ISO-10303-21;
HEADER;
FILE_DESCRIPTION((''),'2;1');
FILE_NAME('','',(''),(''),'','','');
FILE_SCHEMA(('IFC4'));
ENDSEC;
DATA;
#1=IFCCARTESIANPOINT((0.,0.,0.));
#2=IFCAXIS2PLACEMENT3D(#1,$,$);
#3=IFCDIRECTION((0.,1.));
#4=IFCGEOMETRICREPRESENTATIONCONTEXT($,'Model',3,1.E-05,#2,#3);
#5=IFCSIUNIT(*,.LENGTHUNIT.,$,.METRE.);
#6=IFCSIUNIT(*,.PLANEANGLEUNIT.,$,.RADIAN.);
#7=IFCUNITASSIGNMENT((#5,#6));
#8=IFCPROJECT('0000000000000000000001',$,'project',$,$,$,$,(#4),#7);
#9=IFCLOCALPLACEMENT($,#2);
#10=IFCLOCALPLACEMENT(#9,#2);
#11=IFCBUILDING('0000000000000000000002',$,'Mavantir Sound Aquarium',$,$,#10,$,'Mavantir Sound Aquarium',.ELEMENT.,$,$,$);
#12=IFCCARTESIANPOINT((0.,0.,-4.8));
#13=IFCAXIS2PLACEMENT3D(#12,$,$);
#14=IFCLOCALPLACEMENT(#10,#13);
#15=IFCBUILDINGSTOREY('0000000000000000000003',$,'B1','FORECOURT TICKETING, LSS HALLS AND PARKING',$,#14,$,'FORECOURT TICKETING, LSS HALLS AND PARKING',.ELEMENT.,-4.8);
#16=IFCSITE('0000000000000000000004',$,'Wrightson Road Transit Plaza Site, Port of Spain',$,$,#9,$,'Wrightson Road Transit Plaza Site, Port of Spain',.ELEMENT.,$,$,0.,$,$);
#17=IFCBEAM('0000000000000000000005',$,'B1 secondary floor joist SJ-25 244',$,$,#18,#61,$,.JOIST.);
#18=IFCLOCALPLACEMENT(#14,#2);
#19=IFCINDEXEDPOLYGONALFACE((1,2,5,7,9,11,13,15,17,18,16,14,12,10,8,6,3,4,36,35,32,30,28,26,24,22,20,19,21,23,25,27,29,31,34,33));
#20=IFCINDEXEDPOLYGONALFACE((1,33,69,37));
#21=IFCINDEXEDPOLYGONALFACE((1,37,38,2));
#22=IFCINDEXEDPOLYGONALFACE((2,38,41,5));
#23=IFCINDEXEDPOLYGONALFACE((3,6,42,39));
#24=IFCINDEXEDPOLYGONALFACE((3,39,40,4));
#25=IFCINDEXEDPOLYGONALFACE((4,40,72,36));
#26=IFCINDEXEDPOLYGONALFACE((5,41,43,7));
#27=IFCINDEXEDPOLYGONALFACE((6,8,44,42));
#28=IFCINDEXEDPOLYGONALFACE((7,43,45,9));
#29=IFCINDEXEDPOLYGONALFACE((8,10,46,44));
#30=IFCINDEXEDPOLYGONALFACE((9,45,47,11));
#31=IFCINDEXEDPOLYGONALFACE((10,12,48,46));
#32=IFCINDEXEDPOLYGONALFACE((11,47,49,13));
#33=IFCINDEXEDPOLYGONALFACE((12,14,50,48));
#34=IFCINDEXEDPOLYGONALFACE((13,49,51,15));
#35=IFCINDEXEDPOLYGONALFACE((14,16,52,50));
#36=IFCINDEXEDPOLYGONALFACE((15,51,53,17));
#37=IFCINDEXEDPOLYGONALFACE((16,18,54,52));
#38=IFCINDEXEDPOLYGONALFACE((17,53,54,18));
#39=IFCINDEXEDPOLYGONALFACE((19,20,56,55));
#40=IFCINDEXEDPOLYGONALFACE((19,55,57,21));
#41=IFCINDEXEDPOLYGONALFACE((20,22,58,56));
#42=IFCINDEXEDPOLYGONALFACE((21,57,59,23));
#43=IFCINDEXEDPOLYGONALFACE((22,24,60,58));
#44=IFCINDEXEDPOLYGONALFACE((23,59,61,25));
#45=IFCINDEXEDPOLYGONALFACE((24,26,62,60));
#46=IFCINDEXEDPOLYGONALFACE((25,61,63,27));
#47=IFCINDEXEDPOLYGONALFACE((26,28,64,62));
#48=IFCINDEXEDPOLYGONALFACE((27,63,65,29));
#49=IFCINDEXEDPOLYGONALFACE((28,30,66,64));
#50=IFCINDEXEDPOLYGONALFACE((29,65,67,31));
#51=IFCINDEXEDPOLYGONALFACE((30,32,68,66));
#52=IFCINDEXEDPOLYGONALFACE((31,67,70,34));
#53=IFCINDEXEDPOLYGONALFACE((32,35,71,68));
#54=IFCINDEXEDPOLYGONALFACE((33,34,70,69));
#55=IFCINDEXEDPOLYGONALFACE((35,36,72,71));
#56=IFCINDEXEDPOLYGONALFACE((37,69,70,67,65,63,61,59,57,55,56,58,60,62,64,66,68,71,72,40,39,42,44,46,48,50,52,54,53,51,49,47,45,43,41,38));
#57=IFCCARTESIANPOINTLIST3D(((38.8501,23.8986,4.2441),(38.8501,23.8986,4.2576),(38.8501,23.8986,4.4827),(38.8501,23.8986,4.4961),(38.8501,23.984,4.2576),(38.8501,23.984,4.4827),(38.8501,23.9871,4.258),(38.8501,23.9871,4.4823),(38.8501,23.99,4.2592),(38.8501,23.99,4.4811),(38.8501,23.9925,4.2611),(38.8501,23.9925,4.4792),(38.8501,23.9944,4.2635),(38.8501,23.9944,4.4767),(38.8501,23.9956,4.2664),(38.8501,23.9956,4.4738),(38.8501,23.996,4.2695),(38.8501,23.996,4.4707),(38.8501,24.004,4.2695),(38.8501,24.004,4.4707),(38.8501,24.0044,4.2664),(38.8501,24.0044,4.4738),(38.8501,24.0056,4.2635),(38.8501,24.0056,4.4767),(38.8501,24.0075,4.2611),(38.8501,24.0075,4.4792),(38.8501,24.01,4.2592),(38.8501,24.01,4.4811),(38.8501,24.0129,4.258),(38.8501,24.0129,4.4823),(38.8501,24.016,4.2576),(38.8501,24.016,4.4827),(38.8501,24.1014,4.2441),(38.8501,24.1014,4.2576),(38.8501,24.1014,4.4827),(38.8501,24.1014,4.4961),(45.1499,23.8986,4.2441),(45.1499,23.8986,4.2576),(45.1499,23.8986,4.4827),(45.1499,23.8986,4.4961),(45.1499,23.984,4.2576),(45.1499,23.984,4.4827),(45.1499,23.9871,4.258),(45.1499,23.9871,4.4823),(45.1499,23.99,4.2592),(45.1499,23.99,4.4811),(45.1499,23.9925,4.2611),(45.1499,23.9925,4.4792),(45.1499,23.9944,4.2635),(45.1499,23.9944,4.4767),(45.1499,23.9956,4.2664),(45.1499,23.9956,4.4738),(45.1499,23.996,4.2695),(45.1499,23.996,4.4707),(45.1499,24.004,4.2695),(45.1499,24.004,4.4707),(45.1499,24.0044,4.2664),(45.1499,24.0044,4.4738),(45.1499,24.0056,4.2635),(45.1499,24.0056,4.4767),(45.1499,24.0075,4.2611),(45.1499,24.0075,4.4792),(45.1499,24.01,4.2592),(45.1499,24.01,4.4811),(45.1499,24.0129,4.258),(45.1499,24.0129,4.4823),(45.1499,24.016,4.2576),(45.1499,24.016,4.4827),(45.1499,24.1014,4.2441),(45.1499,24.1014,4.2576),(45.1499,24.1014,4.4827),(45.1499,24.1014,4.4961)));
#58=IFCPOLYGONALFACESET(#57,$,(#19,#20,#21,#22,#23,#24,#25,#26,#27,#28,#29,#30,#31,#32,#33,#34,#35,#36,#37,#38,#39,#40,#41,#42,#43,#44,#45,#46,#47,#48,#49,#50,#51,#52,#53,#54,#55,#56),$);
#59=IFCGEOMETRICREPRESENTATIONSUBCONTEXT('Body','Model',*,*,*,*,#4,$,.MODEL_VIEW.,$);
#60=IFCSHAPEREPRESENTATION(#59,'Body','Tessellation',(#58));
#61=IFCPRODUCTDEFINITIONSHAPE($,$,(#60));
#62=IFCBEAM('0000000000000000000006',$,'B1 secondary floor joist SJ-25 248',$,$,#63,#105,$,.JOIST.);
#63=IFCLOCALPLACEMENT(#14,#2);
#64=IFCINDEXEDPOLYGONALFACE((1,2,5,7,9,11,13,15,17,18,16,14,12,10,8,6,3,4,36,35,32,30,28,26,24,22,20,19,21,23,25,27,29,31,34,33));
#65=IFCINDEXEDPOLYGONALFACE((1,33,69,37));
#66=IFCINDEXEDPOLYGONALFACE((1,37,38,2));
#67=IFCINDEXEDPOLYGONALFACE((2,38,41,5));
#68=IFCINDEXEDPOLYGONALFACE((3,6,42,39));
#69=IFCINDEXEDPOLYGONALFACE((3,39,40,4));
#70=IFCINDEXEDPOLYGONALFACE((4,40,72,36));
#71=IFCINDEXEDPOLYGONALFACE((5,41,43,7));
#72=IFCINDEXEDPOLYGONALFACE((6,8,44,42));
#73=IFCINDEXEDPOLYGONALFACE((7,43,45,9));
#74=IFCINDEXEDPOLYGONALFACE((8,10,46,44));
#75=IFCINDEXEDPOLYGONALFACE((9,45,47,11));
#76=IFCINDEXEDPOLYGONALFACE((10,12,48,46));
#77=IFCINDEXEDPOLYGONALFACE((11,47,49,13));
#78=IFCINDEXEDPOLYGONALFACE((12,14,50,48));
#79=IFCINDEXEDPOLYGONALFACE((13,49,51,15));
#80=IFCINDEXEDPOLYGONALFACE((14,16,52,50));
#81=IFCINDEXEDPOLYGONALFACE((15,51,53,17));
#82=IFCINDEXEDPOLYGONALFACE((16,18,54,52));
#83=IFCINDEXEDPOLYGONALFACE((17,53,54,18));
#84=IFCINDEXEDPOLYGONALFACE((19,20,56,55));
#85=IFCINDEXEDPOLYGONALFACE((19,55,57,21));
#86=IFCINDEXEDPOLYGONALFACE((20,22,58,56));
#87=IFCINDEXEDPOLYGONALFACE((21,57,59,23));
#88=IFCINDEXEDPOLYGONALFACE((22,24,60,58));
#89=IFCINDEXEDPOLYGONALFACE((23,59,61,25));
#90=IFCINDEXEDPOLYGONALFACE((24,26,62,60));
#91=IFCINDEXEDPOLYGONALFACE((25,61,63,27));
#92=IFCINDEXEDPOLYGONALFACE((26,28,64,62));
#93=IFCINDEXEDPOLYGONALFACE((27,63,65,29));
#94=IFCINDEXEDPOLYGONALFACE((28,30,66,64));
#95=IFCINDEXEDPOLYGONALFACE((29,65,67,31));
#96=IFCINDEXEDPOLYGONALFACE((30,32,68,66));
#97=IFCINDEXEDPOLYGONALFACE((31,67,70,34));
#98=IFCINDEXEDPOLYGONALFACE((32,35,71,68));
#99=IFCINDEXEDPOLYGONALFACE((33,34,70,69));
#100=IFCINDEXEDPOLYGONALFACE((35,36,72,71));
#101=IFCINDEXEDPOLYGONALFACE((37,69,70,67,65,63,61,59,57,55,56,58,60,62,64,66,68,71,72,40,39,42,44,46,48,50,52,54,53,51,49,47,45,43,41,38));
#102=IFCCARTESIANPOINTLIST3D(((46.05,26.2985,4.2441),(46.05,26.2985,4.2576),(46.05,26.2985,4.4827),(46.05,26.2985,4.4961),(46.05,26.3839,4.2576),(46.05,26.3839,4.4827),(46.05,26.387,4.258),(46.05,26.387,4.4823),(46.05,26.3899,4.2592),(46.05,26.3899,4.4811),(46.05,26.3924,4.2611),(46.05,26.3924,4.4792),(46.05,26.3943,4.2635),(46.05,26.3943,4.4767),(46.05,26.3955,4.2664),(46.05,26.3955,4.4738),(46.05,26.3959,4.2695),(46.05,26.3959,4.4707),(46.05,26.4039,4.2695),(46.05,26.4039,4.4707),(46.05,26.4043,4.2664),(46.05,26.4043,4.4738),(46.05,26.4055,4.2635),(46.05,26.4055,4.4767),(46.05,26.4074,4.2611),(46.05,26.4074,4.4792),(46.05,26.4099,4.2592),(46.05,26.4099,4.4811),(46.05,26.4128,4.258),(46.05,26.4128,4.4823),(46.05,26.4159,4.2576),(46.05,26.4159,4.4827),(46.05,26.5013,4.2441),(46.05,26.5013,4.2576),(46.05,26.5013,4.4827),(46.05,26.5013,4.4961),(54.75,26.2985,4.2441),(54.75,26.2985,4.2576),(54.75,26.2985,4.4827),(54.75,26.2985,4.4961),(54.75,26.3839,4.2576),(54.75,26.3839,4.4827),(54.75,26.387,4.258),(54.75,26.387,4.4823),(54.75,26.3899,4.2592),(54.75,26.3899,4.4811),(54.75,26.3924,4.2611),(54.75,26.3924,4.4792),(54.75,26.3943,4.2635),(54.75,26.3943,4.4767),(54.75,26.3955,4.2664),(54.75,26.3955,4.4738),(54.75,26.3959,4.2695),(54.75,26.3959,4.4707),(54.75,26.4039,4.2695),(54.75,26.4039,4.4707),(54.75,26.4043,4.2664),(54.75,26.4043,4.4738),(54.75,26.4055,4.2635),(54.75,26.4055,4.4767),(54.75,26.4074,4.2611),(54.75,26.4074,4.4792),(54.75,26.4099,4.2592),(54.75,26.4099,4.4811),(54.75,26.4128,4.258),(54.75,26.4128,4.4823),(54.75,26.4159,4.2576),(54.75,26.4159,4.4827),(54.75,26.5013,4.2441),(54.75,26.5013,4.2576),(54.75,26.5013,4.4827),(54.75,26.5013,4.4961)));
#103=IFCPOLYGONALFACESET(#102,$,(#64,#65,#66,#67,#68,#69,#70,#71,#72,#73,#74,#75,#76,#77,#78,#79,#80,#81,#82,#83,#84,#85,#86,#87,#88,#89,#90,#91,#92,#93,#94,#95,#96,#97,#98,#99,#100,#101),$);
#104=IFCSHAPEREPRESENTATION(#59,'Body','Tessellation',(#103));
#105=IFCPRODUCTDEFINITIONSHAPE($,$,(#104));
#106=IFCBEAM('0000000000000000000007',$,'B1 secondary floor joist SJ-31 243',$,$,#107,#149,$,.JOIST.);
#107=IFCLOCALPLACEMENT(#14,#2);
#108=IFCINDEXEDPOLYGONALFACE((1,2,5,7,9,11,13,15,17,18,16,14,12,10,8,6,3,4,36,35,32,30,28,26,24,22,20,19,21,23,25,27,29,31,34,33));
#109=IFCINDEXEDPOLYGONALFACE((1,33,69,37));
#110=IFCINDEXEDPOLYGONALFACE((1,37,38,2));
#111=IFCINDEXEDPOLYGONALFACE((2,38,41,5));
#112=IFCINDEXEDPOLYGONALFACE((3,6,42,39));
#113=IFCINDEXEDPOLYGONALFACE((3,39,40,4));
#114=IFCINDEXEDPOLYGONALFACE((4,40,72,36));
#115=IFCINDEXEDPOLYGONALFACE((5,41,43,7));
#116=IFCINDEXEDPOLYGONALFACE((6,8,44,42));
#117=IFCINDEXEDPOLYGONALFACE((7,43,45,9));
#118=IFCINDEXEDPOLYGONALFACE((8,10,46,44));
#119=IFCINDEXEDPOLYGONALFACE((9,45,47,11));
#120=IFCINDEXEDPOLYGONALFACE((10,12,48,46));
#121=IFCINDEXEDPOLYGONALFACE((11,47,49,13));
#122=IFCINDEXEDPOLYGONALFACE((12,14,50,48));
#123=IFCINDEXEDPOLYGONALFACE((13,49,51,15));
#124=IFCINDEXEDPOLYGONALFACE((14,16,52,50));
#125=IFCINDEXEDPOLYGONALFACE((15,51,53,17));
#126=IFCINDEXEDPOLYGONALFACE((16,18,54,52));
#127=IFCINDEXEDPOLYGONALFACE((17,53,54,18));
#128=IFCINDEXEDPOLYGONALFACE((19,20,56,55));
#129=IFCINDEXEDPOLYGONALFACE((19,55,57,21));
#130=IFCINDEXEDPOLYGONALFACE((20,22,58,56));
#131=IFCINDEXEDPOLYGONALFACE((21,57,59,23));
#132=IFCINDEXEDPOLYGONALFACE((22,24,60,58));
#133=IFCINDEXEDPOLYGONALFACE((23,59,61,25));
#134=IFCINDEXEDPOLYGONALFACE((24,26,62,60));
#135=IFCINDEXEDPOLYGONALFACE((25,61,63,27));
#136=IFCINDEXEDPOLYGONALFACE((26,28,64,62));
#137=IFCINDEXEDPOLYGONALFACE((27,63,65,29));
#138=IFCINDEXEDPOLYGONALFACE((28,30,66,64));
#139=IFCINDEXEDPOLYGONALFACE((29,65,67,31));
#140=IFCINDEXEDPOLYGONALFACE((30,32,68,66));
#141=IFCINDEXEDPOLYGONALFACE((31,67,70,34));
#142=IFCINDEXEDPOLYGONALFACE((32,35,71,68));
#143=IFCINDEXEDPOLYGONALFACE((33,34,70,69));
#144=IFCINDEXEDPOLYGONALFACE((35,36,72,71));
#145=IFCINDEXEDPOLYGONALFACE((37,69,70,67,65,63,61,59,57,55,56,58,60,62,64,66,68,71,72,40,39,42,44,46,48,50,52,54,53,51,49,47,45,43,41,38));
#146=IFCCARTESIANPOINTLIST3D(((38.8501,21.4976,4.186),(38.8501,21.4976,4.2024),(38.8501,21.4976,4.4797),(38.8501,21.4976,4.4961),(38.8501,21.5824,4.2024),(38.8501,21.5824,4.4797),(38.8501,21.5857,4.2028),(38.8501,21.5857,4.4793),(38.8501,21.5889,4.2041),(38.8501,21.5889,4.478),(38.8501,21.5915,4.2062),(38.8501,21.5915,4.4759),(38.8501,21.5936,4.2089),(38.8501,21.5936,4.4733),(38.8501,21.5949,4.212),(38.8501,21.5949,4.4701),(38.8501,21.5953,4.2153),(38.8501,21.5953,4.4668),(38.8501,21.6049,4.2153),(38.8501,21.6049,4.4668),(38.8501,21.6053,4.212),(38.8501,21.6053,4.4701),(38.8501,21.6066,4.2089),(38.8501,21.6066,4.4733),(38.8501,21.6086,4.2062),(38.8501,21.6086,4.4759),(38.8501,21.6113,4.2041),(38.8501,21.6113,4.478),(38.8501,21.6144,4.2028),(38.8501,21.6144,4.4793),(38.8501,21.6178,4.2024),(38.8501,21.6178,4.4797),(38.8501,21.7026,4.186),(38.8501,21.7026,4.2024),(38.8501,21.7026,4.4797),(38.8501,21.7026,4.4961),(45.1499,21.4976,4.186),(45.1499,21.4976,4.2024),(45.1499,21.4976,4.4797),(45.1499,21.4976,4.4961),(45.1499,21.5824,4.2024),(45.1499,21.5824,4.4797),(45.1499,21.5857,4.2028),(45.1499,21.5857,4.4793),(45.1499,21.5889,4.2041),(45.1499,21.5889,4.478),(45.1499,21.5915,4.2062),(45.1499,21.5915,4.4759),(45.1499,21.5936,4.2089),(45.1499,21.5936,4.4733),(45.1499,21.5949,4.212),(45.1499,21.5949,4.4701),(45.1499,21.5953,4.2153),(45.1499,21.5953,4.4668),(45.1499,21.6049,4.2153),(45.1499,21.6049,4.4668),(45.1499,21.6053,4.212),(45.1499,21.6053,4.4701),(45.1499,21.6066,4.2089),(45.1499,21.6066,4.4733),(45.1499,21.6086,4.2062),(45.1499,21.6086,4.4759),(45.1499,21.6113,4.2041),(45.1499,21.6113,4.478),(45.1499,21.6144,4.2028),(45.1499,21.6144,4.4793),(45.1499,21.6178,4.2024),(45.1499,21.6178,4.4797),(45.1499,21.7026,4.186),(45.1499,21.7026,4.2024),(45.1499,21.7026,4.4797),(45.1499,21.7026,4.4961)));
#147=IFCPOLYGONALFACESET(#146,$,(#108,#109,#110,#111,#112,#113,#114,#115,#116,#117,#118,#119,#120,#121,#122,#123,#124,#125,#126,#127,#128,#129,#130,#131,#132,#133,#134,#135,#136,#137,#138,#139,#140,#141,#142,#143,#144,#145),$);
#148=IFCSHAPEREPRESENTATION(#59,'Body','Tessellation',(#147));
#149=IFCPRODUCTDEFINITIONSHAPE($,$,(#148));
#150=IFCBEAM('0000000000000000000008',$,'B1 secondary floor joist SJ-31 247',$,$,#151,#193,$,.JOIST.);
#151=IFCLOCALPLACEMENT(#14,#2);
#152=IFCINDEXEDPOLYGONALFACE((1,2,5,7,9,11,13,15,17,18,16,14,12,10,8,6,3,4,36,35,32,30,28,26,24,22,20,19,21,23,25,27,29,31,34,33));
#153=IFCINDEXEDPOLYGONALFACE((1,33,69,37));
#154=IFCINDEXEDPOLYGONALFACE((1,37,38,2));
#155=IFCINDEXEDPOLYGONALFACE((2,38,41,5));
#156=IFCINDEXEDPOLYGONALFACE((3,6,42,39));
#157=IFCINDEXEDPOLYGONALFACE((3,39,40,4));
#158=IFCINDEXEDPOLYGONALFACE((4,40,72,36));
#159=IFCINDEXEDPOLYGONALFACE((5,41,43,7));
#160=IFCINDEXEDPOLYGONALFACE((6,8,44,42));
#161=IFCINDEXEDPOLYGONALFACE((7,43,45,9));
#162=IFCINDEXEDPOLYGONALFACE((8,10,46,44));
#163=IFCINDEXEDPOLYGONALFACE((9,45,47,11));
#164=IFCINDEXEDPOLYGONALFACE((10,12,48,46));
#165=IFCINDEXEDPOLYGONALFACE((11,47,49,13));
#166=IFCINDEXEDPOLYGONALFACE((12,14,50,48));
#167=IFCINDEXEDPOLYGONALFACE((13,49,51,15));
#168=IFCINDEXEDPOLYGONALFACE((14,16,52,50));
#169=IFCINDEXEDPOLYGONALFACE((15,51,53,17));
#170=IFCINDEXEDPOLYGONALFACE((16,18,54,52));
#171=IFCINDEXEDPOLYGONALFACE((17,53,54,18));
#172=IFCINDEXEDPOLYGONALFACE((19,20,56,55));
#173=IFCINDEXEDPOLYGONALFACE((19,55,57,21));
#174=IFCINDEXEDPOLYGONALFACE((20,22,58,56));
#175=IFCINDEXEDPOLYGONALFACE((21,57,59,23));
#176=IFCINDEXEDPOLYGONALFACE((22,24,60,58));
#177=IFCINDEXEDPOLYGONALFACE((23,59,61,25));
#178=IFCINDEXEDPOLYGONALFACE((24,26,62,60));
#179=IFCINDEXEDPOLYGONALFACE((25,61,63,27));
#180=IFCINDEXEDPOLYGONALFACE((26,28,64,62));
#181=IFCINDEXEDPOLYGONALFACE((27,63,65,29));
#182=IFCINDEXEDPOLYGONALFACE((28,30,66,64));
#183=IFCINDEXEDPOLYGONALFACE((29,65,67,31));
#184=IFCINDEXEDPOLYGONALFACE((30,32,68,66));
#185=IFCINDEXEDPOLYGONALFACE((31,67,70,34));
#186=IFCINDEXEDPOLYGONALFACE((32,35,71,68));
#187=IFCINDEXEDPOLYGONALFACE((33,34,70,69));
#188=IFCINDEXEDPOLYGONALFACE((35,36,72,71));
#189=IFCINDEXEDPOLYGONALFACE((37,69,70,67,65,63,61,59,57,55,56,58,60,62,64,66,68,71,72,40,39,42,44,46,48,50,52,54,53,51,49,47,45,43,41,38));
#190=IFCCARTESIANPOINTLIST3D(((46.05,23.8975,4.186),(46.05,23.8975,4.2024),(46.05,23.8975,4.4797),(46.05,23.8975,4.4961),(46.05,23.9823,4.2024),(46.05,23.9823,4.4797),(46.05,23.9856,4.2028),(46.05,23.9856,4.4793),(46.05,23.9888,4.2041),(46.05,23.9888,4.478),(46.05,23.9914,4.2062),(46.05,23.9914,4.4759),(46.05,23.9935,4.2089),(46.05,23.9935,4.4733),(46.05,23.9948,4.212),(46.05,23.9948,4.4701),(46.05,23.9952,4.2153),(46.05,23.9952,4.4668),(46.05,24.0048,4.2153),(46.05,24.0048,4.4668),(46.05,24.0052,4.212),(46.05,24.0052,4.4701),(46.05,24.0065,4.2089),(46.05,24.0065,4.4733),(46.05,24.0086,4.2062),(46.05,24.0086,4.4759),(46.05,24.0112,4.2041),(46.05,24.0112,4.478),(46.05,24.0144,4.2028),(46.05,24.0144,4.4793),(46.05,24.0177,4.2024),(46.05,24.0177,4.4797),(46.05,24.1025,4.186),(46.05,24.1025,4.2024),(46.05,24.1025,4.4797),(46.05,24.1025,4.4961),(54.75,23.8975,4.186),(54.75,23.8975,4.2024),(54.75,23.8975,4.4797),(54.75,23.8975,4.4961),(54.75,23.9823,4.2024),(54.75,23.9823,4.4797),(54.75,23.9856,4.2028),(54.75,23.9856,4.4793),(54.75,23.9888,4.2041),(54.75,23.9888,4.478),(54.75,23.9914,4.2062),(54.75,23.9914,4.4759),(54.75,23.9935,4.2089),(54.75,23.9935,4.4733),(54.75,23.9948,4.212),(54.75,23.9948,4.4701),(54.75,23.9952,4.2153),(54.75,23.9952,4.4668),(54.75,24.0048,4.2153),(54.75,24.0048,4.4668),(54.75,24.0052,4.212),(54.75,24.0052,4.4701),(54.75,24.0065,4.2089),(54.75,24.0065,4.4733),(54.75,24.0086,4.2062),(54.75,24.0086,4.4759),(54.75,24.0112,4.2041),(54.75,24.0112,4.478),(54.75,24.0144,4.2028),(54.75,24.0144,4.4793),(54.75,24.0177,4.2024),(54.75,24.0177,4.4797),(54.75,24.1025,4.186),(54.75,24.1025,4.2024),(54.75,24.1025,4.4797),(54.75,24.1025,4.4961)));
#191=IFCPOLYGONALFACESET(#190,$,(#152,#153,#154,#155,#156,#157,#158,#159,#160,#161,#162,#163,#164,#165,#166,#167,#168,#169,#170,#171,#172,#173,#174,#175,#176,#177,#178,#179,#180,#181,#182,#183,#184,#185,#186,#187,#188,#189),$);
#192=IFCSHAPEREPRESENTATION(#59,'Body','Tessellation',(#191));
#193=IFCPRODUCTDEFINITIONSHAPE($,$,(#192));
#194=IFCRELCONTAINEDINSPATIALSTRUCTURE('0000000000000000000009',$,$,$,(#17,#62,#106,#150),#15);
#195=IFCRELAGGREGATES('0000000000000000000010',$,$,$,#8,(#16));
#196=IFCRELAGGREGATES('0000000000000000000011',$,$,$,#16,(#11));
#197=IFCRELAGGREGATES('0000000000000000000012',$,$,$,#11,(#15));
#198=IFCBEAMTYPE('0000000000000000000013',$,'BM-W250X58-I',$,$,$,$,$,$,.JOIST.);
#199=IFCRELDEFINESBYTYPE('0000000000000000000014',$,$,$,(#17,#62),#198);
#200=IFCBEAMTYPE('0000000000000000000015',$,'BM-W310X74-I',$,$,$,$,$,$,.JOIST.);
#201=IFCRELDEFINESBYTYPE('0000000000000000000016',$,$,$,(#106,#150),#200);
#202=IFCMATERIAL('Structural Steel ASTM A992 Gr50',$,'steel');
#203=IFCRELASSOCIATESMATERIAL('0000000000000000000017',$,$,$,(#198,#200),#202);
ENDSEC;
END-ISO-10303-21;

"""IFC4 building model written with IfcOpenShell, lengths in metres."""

from ifc_helpers import new_model, si_unit, direction, frame, origin, origin_2d, place, context, subcontext, project, spatial, i_section, extrude, material, material_profile, profile_set, type_object, element, save


model = new_model("IFC4")

# Units and contexts
model_context = context("Model", 3, precision=1e-05, world=origin(), true_north=direction((0.0, 1.0)))
body_context = subcontext(model_context, "Body", "Model", "MODEL_VIEW")
ifc_project = project(units=[si_unit("LENGTHUNIT", "METRE"), si_unit("PLANEANGLEUNIT", "RADIAN")], contexts=[model_context])

# Site, building, storey
site_placement = place(None, origin())
site = spatial("IfcSite", under=ifc_project, at=site_placement, Name="Wrightson Road Transit Plaza Site, Port of Spain", LongName="Wrightson Road Transit Plaza Site, Port of Spain", CompositionType="ELEMENT", RefElevation=0.0)
building_placement = place(site_placement, origin())
building = spatial("IfcBuilding", under=site, at=building_placement, Name="Mavantir Sound Aquarium", LongName="Mavantir Sound Aquarium", CompositionType="ELEMENT")
storey_placement = place(building_placement, frame((0.0, 0.0, -4.8)))
storey = spatial("IfcBuildingStorey", under=building, at=storey_placement, Name="B1", Description="FORECOURT TICKETING, LSS HALLS AND PARKING", LongName="FORECOURT TICKETING, LSS HALLS AND PARKING", CompositionType="ELEMENT", Elevation=-4.8)

# Beams
ifc_material_1 = material(Name="Structural Steel ASTM A992 Gr50", Category="steel")
ifc_material_profile_1 = material_profile(ifc_material_1, i_section(OverallWidth=0.2029, OverallDepth=0.252, WebThickness=0.0081, FlangeThickness=0.0134, FilletRadius=0.012, at=origin_2d()), Name="W250X58")
ifc_profile_set_1 = profile_set([ifc_material_profile_1], Name="Structural Steel ASTM A992 Gr50")
beam_type_1 = type_object("IfcBeamType", Name="BM-W250X58-I", PredefinedType="JOIST", material=ifc_profile_set_1)
beam_1_placement = place(storey_placement, frame((38.8501, 24.0, 4.3701), z_axis=(1.0, 0.0, 0.0), x_axis=(0.0, 1.0, 0.0)))
element("IfcBeam", 1, at=beam_1_placement, inside=storey, type_object=beam_type_1, Name="B1 secondary floor joist SJ-25 244", PredefinedType="JOIST", context=body_context, shape_type="SweptSolid", body=[
    extrude(i_section(OverallWidth=0.2029, OverallDepth=0.252, WebThickness=0.0081, FlangeThickness=0.0134, FilletRadius=0.012, at=origin_2d()), origin(), (0.0, 0.0, 1.0), 6.2998),
])
beam_2_placement = place(storey_placement, frame((46.05, 26.3999, 4.3701), z_axis=(1.0, 0.0, 0.0), x_axis=(0.0, 1.0, 0.0)))
element("IfcBeam", 2, at=beam_2_placement, inside=storey, type_object=beam_type_1, Name="B1 secondary floor joist SJ-25 248", PredefinedType="JOIST", context=body_context, shape_type="SweptSolid", body=[
    extrude(i_section(OverallWidth=0.2029, OverallDepth=0.252, WebThickness=0.0081, FlangeThickness=0.0134, FilletRadius=0.012, at=origin_2d()), origin(), (0.0, 0.0, 1.0), 8.7),
])
ifc_material_profile_2 = material_profile(ifc_material_1, i_section(OverallWidth=0.2051, OverallDepth=0.3101, WebThickness=0.0095, FlangeThickness=0.0164, FilletRadius=0.0129, at=origin_2d()), Name="W310X74")
ifc_profile_set_2 = profile_set([ifc_material_profile_2], Name="Structural Steel ASTM A992 Gr50")
beam_type_2 = type_object("IfcBeamType", Name="BM-W310X74-I", PredefinedType="JOIST", material=ifc_profile_set_2)
beam_3_placement = place(storey_placement, frame((38.8501, 21.6001, 4.3411), z_axis=(1.0, 0.0, 0.0), x_axis=(0.0, 1.0, 0.0)))
element("IfcBeam", 3, at=beam_3_placement, inside=storey, type_object=beam_type_2, Name="B1 secondary floor joist SJ-31 243", PredefinedType="JOIST", context=body_context, shape_type="SweptSolid", body=[
    extrude(i_section(OverallWidth=0.2051, OverallDepth=0.3101, WebThickness=0.0095, FlangeThickness=0.0164, FilletRadius=0.0129, at=origin_2d()), origin(), (0.0, 0.0, 1.0), 6.2998),
])
beam_4_placement = place(storey_placement, frame((46.05, 24.0, 4.3411), z_axis=(1.0, 0.0, 0.0), x_axis=(0.0, 1.0, 0.0)))
element("IfcBeam", 4, at=beam_4_placement, inside=storey, type_object=beam_type_2, Name="B1 secondary floor joist SJ-31 247", PredefinedType="JOIST", context=body_context, shape_type="SweptSolid", body=[
    extrude(i_section(OverallWidth=0.2051, OverallDepth=0.3101, WebThickness=0.0095, FlangeThickness=0.0164, FilletRadius=0.0129, at=origin_2d()), origin(), (0.0, 0.0, 1.0), 8.7),
])

save(model, "model.ifc")
